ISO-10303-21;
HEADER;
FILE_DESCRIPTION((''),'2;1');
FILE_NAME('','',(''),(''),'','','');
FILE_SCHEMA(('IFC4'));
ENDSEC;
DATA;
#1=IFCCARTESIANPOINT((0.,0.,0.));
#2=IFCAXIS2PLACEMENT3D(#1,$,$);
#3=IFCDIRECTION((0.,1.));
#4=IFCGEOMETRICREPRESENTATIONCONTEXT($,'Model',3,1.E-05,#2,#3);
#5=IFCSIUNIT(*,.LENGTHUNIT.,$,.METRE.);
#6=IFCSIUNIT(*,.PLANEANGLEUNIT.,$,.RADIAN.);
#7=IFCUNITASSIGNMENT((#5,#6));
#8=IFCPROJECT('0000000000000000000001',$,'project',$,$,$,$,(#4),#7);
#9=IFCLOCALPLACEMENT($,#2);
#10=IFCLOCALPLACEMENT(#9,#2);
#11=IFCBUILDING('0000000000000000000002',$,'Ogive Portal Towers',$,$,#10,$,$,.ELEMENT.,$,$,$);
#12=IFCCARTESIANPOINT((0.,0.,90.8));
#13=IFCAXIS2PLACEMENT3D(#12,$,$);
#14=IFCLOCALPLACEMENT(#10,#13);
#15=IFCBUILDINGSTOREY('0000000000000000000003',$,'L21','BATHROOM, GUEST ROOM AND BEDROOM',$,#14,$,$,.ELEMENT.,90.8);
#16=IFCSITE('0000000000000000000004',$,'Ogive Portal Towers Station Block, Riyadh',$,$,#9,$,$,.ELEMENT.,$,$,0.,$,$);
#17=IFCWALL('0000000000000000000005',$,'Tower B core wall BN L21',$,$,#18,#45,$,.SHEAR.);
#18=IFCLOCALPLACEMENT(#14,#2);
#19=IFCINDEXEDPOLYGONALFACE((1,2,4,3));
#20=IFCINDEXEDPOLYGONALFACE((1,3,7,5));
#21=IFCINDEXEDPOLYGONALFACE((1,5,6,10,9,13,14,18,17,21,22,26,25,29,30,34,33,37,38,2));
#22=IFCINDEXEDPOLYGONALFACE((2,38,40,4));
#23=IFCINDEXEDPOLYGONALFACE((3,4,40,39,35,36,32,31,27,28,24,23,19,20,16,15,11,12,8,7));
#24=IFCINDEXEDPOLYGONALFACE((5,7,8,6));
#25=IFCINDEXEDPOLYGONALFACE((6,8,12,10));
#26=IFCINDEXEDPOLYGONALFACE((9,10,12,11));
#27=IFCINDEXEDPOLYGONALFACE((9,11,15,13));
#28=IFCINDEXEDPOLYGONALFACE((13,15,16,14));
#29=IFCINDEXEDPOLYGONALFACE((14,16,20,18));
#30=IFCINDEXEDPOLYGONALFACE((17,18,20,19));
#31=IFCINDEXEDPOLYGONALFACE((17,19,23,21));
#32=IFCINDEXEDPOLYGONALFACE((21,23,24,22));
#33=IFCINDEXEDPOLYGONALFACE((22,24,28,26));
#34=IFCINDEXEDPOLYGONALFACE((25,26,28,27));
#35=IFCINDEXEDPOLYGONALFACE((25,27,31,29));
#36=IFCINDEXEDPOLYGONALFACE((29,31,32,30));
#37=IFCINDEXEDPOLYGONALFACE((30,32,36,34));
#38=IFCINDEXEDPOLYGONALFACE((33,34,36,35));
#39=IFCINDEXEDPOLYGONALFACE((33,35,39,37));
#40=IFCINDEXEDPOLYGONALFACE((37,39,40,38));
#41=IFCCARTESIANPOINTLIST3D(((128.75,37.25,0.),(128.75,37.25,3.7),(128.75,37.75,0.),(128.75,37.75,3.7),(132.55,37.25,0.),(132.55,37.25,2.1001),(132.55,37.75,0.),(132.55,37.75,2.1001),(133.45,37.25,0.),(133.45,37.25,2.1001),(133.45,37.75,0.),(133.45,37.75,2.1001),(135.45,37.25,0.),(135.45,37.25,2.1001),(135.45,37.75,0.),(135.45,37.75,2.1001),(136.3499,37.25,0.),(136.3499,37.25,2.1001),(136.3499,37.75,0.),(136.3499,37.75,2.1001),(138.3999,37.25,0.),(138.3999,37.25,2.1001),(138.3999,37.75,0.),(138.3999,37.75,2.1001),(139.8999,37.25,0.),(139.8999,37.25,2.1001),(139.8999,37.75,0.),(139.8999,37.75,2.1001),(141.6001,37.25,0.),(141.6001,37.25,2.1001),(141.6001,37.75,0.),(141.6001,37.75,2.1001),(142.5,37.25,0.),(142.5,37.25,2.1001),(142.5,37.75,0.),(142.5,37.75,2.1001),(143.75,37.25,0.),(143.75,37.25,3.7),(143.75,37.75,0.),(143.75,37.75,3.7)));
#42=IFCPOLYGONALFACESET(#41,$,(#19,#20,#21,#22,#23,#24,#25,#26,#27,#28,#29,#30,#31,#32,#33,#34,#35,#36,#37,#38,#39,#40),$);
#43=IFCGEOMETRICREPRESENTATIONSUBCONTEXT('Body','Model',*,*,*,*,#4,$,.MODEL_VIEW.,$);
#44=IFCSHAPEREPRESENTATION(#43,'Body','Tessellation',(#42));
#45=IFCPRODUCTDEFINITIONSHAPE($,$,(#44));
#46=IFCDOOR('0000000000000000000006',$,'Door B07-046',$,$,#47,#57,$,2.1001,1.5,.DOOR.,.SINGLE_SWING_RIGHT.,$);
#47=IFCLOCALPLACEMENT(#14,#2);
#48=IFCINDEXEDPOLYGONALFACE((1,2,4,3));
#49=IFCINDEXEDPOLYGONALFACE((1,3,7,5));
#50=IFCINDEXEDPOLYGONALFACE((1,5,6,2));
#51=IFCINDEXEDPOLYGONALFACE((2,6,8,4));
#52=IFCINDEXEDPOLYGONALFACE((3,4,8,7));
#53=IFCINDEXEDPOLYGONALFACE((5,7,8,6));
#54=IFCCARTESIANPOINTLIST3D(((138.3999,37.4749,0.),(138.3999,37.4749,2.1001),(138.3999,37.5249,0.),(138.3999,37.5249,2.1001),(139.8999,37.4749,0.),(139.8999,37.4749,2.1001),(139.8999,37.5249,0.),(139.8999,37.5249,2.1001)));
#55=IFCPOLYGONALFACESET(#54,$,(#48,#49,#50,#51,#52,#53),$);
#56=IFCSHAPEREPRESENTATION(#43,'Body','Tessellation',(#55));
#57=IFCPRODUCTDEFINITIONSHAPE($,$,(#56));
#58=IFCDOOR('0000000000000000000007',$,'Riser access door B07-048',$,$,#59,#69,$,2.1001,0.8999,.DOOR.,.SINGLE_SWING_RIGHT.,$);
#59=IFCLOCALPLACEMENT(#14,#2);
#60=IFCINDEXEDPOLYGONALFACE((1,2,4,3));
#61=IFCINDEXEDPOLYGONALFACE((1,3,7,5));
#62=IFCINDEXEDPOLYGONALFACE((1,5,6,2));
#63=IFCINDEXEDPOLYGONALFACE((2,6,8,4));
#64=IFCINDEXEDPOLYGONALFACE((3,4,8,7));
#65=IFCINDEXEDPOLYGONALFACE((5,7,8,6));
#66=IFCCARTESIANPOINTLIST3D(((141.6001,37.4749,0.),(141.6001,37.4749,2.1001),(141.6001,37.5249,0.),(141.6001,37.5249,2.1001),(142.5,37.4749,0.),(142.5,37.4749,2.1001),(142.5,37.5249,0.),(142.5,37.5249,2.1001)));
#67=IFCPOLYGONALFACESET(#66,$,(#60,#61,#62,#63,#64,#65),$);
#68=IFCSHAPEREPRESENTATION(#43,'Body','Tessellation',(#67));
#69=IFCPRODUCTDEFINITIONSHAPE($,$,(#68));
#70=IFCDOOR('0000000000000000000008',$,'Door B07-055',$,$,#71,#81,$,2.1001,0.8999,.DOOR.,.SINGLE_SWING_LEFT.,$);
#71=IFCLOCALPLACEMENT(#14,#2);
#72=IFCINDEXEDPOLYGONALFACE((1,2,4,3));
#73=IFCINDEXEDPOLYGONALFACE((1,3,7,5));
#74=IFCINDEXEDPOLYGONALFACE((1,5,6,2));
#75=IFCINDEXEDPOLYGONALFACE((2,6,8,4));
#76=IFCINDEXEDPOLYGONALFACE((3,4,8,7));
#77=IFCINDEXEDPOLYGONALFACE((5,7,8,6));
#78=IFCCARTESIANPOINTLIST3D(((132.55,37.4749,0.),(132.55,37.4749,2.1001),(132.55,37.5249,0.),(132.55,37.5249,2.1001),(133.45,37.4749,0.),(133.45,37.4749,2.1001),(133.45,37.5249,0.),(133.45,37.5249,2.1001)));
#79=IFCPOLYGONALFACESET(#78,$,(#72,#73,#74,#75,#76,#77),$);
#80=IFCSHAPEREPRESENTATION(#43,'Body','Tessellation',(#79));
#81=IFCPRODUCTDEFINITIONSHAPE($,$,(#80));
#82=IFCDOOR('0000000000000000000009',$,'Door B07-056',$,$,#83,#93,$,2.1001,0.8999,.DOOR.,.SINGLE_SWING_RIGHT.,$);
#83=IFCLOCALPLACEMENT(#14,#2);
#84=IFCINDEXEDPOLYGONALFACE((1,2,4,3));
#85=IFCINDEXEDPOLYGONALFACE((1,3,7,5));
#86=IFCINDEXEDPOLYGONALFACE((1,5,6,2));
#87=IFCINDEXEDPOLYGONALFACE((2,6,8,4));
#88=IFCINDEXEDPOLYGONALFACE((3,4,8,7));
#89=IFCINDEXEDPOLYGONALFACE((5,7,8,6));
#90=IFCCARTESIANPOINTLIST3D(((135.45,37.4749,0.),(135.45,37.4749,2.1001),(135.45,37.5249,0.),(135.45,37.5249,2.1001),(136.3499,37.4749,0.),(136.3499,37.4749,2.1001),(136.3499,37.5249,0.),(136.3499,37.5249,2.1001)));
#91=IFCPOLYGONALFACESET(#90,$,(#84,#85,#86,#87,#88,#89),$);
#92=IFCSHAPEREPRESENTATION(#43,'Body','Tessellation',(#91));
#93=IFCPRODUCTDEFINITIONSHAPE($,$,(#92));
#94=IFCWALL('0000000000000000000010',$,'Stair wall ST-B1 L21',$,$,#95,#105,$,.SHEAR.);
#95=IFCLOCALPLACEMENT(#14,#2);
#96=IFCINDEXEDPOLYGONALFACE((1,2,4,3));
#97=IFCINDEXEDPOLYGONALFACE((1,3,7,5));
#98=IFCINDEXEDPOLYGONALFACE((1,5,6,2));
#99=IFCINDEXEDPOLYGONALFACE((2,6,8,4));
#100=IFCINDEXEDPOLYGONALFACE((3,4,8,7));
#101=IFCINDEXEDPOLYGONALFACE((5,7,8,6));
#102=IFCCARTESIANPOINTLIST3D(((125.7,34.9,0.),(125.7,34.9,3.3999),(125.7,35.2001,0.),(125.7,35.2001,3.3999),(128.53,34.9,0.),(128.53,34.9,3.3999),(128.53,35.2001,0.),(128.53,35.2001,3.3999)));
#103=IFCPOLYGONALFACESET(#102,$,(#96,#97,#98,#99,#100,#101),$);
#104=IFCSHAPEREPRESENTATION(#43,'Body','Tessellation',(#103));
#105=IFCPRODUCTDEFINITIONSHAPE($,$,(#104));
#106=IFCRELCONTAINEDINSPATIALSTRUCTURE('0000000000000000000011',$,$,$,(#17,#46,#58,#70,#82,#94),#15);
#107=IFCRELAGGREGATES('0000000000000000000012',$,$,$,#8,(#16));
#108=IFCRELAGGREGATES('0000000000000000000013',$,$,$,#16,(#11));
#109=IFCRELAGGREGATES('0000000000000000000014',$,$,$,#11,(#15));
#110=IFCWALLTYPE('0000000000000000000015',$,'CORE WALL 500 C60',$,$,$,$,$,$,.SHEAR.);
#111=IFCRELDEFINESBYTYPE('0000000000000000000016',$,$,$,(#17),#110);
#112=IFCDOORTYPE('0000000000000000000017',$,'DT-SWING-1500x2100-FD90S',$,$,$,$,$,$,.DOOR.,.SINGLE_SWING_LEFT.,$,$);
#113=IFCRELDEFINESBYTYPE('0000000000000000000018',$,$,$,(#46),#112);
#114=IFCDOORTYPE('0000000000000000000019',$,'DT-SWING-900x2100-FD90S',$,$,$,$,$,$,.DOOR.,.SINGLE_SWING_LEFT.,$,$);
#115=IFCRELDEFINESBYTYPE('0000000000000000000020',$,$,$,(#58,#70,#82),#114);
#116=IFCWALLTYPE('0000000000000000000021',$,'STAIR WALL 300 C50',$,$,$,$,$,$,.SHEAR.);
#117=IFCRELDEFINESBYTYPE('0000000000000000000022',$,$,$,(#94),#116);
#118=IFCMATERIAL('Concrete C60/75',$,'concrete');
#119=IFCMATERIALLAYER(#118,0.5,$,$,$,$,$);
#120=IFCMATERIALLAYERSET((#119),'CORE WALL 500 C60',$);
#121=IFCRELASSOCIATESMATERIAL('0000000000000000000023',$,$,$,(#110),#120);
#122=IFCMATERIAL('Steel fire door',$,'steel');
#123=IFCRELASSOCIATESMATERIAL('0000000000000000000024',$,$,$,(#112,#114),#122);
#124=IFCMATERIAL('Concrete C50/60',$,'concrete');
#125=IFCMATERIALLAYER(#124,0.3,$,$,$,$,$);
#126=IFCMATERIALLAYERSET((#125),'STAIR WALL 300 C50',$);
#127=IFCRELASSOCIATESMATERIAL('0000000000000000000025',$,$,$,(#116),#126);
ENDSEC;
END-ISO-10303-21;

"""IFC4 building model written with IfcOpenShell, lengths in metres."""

from ifc_helpers import new_model, si_unit, direction, frame, frame_2d, origin, place, context, subcontext, project, spatial, rectangle, extrude, material, layer, layer_set, type_object, element, fill, save


model = new_model("IFC4")

# Units and contexts
model_context = context("Model", 3, precision=1e-05, world=origin(), true_north=direction((0.0, 1.0)))
body_context = subcontext(model_context, "Body", "Model", "MODEL_VIEW")
ifc_project = project(units=[si_unit("LENGTHUNIT", "METRE"), si_unit("PLANEANGLEUNIT", "RADIAN")], contexts=[model_context])

# Site, building, storey
site_placement = place(None, origin())
site = spatial("IfcSite", under=ifc_project, at=site_placement, Name="Ogive Portal Towers Station Block, Riyadh", CompositionType="ELEMENT", RefElevation=0.0)
building_placement = place(site_placement, origin())
building = spatial("IfcBuilding", under=site, at=building_placement, Name="Ogive Portal Towers", CompositionType="ELEMENT")
storey_placement = place(building_placement, frame((0.0, 0.0, 90.8)))
storey = spatial("IfcBuildingStorey", under=building, at=storey_placement, Name="L21", Description="BATHROOM, GUEST ROOM AND BEDROOM", CompositionType="ELEMENT", Elevation=90.8)

# Shared definitions
ifc_material_1 = material(Name="Concrete C50/60", Category="concrete")

# Wall, openings, doors
ifc_material_2 = material(Name="Concrete C60/75", Category="concrete")
ifc_layer_1 = layer(ifc_material_2, 0.5)
ifc_layer_set_1 = layer_set([ifc_layer_1], Name="CORE WALL 500 C60")
wall_type_1 = type_object("IfcWallType", Name="CORE WALL 500 C60", PredefinedType="SHEAR", material=ifc_layer_set_1)
wall_1_placement = place(storey_placement, frame((128.75, 37.5, 0.0), z_axis=(0.0, 0.0, 1.0), x_axis=(1.0, 0.0, 0.0)))
wall_1 = element("IfcWall", 1, at=wall_1_placement, inside=storey, type_object=wall_type_1, Name="Tower B core wall BN L21", PredefinedType="SHEAR", context=body_context, shape_type="SweptSolid", body=[
    extrude(rectangle(XDim=15.0, YDim=0.5, at=frame_2d((7.5, 0.0))), origin(), (0.0, 0.0, 1.0), 3.7),
])
opening_1_placement = place(wall_1_placement, frame((9.6499, 0.0, 0.0)))
opening_1 = element("IfcOpeningElement", 2, at=opening_1_placement, cuts=wall_1, PredefinedType="OPENING", context=body_context, shape_type="SweptSolid", body=[
    extrude(rectangle(XDim=1.5, YDim=2.1001, at=frame_2d((0.75, 1.05))), frame((0.0, 0.26, 0.0), z_axis=(0.0, -1.0, 0.0), x_axis=(1.0, 0.0, 0.0)), (0.0, 0.0, 1.0), 0.52),
])
opening_2_placement = place(wall_1_placement, frame((12.8501, 0.0, 0.0)))
opening_2 = element("IfcOpeningElement", 3, at=opening_2_placement, cuts=wall_1, PredefinedType="OPENING", context=body_context, shape_type="SweptSolid", body=[
    extrude(rectangle(XDim=0.8999, YDim=2.1001, at=frame_2d((0.45, 1.05))), frame((0.0, 0.26, 0.0), z_axis=(0.0, -1.0, 0.0), x_axis=(1.0, 0.0, 0.0)), (0.0, 0.0, 1.0), 0.52),
])
opening_3_placement = place(wall_1_placement, frame((3.8, 0.0, 0.0)))
opening_3 = element("IfcOpeningElement", 4, at=opening_3_placement, cuts=wall_1, PredefinedType="OPENING", context=body_context, shape_type="SweptSolid", body=[
    extrude(rectangle(XDim=0.8999, YDim=2.1001, at=frame_2d((0.45, 1.05))), frame((0.0, 0.26, 0.0), z_axis=(0.0, -1.0, 0.0), x_axis=(1.0, 0.0, 0.0)), (0.0, 0.0, 1.0), 0.52),
])
opening_4_placement = place(wall_1_placement, frame((6.7, 0.0, 0.0)))
opening_4 = element("IfcOpeningElement", 5, at=opening_4_placement, cuts=wall_1, PredefinedType="OPENING", context=body_context, shape_type="SweptSolid", body=[
    extrude(rectangle(XDim=0.8999, YDim=2.1001, at=frame_2d((0.45, 1.05))), frame((0.0, 0.26, 0.0), z_axis=(0.0, -1.0, 0.0), x_axis=(1.0, 0.0, 0.0)), (0.0, 0.0, 1.0), 0.52),
])
ifc_material_3 = material(Name="Steel fire door", Category="steel")
door_type_1 = type_object("IfcDoorType", Name="DT-SWING-1500x2100-FD90S", OperationType="SINGLE_SWING_LEFT", PredefinedType="DOOR", material=ifc_material_3)
door_1_placement = place(opening_1_placement, origin())
door_1 = element("IfcDoor", 6, at=door_1_placement, inside=storey, type_object=door_type_1, Name="Door B07-046", OperationType="SINGLE_SWING_RIGHT", OverallHeight=2.1001, OverallWidth=1.5, PredefinedType="DOOR", context=body_context, shape_type="SweptSolid", body=[
    extrude(rectangle(XDim=1.5, YDim=2.1001, at=frame_2d((0.75, 1.05))), frame((0.0, 0.0249, 0.0), z_axis=(0.0, -1.0, 0.0), x_axis=(1.0, 0.0, 0.0)), (0.0, 0.0, 1.0), 0.05),
])
fill(opening_1, door_1)
door_type_2 = type_object("IfcDoorType", Name="DT-SWING-900x2100-FD90S", OperationType="SINGLE_SWING_LEFT", PredefinedType="DOOR", material=ifc_material_3)
door_2_placement = place(opening_2_placement, origin())
door_2 = element("IfcDoor", 7, at=door_2_placement, inside=storey, type_object=door_type_2, Name="Riser access door B07-048", OperationType="SINGLE_SWING_RIGHT", OverallHeight=2.1001, OverallWidth=0.8999, PredefinedType="DOOR", context=body_context, shape_type="SweptSolid", body=[
    extrude(rectangle(XDim=0.8999, YDim=2.1001, at=frame_2d((0.45, 1.05))), frame((0.0, 0.0249, 0.0), z_axis=(0.0, -1.0, 0.0), x_axis=(1.0, 0.0, 0.0)), (0.0, 0.0, 1.0), 0.05),
])
fill(opening_2, door_2)
door_3_placement = place(opening_3_placement, origin())
door_3 = element("IfcDoor", 8, at=door_3_placement, inside=storey, type_object=door_type_2, Name="Door B07-055", OperationType="SINGLE_SWING_LEFT", OverallHeight=2.1001, OverallWidth=0.8999, PredefinedType="DOOR", context=body_context, shape_type="SweptSolid", body=[
    extrude(rectangle(XDim=0.8999, YDim=2.1001, at=frame_2d((0.45, 1.05))), frame((0.0, 0.0249, 0.0), z_axis=(0.0, -1.0, 0.0), x_axis=(1.0, 0.0, 0.0)), (0.0, 0.0, 1.0), 0.05),
])
fill(opening_3, door_3)
door_4_placement = place(opening_4_placement, origin())
door_4 = element("IfcDoor", 9, at=door_4_placement, inside=storey, type_object=door_type_2, Name="Door B07-056", OperationType="SINGLE_SWING_RIGHT", OverallHeight=2.1001, OverallWidth=0.8999, PredefinedType="DOOR", context=body_context, shape_type="SweptSolid", body=[
    extrude(rectangle(XDim=0.8999, YDim=2.1001, at=frame_2d((0.45, 1.05))), frame((0.0, 0.0249, 0.0), z_axis=(0.0, -1.0, 0.0), x_axis=(1.0, 0.0, 0.0)), (0.0, 0.0, 1.0), 0.05),
])
fill(opening_4, door_4)

# Wall
ifc_layer_2 = layer(ifc_material_1, 0.3)
ifc_layer_set_2 = layer_set([ifc_layer_2], Name="STAIR WALL 300 C50")
wall_type_2 = type_object("IfcWallType", Name="STAIR WALL 300 C50", PredefinedType="SHEAR", material=ifc_layer_set_2)
wall_2_placement = place(storey_placement, frame((125.7, 35.05, 0.0), z_axis=(0.0, 0.0, 1.0), x_axis=(1.0, 0.0, 0.0)))
element("IfcWall", 10, at=wall_2_placement, inside=storey, type_object=wall_type_2, Name="Stair wall ST-B1 L21", PredefinedType="SHEAR", context=body_context, shape_type="SweptSolid", body=[
    extrude(rectangle(XDim=2.8301, YDim=0.3, at=frame_2d((1.415, 0.0))), origin(), (0.0, 0.0, 1.0), 3.3999),
])

save(model, "model.ifc")
